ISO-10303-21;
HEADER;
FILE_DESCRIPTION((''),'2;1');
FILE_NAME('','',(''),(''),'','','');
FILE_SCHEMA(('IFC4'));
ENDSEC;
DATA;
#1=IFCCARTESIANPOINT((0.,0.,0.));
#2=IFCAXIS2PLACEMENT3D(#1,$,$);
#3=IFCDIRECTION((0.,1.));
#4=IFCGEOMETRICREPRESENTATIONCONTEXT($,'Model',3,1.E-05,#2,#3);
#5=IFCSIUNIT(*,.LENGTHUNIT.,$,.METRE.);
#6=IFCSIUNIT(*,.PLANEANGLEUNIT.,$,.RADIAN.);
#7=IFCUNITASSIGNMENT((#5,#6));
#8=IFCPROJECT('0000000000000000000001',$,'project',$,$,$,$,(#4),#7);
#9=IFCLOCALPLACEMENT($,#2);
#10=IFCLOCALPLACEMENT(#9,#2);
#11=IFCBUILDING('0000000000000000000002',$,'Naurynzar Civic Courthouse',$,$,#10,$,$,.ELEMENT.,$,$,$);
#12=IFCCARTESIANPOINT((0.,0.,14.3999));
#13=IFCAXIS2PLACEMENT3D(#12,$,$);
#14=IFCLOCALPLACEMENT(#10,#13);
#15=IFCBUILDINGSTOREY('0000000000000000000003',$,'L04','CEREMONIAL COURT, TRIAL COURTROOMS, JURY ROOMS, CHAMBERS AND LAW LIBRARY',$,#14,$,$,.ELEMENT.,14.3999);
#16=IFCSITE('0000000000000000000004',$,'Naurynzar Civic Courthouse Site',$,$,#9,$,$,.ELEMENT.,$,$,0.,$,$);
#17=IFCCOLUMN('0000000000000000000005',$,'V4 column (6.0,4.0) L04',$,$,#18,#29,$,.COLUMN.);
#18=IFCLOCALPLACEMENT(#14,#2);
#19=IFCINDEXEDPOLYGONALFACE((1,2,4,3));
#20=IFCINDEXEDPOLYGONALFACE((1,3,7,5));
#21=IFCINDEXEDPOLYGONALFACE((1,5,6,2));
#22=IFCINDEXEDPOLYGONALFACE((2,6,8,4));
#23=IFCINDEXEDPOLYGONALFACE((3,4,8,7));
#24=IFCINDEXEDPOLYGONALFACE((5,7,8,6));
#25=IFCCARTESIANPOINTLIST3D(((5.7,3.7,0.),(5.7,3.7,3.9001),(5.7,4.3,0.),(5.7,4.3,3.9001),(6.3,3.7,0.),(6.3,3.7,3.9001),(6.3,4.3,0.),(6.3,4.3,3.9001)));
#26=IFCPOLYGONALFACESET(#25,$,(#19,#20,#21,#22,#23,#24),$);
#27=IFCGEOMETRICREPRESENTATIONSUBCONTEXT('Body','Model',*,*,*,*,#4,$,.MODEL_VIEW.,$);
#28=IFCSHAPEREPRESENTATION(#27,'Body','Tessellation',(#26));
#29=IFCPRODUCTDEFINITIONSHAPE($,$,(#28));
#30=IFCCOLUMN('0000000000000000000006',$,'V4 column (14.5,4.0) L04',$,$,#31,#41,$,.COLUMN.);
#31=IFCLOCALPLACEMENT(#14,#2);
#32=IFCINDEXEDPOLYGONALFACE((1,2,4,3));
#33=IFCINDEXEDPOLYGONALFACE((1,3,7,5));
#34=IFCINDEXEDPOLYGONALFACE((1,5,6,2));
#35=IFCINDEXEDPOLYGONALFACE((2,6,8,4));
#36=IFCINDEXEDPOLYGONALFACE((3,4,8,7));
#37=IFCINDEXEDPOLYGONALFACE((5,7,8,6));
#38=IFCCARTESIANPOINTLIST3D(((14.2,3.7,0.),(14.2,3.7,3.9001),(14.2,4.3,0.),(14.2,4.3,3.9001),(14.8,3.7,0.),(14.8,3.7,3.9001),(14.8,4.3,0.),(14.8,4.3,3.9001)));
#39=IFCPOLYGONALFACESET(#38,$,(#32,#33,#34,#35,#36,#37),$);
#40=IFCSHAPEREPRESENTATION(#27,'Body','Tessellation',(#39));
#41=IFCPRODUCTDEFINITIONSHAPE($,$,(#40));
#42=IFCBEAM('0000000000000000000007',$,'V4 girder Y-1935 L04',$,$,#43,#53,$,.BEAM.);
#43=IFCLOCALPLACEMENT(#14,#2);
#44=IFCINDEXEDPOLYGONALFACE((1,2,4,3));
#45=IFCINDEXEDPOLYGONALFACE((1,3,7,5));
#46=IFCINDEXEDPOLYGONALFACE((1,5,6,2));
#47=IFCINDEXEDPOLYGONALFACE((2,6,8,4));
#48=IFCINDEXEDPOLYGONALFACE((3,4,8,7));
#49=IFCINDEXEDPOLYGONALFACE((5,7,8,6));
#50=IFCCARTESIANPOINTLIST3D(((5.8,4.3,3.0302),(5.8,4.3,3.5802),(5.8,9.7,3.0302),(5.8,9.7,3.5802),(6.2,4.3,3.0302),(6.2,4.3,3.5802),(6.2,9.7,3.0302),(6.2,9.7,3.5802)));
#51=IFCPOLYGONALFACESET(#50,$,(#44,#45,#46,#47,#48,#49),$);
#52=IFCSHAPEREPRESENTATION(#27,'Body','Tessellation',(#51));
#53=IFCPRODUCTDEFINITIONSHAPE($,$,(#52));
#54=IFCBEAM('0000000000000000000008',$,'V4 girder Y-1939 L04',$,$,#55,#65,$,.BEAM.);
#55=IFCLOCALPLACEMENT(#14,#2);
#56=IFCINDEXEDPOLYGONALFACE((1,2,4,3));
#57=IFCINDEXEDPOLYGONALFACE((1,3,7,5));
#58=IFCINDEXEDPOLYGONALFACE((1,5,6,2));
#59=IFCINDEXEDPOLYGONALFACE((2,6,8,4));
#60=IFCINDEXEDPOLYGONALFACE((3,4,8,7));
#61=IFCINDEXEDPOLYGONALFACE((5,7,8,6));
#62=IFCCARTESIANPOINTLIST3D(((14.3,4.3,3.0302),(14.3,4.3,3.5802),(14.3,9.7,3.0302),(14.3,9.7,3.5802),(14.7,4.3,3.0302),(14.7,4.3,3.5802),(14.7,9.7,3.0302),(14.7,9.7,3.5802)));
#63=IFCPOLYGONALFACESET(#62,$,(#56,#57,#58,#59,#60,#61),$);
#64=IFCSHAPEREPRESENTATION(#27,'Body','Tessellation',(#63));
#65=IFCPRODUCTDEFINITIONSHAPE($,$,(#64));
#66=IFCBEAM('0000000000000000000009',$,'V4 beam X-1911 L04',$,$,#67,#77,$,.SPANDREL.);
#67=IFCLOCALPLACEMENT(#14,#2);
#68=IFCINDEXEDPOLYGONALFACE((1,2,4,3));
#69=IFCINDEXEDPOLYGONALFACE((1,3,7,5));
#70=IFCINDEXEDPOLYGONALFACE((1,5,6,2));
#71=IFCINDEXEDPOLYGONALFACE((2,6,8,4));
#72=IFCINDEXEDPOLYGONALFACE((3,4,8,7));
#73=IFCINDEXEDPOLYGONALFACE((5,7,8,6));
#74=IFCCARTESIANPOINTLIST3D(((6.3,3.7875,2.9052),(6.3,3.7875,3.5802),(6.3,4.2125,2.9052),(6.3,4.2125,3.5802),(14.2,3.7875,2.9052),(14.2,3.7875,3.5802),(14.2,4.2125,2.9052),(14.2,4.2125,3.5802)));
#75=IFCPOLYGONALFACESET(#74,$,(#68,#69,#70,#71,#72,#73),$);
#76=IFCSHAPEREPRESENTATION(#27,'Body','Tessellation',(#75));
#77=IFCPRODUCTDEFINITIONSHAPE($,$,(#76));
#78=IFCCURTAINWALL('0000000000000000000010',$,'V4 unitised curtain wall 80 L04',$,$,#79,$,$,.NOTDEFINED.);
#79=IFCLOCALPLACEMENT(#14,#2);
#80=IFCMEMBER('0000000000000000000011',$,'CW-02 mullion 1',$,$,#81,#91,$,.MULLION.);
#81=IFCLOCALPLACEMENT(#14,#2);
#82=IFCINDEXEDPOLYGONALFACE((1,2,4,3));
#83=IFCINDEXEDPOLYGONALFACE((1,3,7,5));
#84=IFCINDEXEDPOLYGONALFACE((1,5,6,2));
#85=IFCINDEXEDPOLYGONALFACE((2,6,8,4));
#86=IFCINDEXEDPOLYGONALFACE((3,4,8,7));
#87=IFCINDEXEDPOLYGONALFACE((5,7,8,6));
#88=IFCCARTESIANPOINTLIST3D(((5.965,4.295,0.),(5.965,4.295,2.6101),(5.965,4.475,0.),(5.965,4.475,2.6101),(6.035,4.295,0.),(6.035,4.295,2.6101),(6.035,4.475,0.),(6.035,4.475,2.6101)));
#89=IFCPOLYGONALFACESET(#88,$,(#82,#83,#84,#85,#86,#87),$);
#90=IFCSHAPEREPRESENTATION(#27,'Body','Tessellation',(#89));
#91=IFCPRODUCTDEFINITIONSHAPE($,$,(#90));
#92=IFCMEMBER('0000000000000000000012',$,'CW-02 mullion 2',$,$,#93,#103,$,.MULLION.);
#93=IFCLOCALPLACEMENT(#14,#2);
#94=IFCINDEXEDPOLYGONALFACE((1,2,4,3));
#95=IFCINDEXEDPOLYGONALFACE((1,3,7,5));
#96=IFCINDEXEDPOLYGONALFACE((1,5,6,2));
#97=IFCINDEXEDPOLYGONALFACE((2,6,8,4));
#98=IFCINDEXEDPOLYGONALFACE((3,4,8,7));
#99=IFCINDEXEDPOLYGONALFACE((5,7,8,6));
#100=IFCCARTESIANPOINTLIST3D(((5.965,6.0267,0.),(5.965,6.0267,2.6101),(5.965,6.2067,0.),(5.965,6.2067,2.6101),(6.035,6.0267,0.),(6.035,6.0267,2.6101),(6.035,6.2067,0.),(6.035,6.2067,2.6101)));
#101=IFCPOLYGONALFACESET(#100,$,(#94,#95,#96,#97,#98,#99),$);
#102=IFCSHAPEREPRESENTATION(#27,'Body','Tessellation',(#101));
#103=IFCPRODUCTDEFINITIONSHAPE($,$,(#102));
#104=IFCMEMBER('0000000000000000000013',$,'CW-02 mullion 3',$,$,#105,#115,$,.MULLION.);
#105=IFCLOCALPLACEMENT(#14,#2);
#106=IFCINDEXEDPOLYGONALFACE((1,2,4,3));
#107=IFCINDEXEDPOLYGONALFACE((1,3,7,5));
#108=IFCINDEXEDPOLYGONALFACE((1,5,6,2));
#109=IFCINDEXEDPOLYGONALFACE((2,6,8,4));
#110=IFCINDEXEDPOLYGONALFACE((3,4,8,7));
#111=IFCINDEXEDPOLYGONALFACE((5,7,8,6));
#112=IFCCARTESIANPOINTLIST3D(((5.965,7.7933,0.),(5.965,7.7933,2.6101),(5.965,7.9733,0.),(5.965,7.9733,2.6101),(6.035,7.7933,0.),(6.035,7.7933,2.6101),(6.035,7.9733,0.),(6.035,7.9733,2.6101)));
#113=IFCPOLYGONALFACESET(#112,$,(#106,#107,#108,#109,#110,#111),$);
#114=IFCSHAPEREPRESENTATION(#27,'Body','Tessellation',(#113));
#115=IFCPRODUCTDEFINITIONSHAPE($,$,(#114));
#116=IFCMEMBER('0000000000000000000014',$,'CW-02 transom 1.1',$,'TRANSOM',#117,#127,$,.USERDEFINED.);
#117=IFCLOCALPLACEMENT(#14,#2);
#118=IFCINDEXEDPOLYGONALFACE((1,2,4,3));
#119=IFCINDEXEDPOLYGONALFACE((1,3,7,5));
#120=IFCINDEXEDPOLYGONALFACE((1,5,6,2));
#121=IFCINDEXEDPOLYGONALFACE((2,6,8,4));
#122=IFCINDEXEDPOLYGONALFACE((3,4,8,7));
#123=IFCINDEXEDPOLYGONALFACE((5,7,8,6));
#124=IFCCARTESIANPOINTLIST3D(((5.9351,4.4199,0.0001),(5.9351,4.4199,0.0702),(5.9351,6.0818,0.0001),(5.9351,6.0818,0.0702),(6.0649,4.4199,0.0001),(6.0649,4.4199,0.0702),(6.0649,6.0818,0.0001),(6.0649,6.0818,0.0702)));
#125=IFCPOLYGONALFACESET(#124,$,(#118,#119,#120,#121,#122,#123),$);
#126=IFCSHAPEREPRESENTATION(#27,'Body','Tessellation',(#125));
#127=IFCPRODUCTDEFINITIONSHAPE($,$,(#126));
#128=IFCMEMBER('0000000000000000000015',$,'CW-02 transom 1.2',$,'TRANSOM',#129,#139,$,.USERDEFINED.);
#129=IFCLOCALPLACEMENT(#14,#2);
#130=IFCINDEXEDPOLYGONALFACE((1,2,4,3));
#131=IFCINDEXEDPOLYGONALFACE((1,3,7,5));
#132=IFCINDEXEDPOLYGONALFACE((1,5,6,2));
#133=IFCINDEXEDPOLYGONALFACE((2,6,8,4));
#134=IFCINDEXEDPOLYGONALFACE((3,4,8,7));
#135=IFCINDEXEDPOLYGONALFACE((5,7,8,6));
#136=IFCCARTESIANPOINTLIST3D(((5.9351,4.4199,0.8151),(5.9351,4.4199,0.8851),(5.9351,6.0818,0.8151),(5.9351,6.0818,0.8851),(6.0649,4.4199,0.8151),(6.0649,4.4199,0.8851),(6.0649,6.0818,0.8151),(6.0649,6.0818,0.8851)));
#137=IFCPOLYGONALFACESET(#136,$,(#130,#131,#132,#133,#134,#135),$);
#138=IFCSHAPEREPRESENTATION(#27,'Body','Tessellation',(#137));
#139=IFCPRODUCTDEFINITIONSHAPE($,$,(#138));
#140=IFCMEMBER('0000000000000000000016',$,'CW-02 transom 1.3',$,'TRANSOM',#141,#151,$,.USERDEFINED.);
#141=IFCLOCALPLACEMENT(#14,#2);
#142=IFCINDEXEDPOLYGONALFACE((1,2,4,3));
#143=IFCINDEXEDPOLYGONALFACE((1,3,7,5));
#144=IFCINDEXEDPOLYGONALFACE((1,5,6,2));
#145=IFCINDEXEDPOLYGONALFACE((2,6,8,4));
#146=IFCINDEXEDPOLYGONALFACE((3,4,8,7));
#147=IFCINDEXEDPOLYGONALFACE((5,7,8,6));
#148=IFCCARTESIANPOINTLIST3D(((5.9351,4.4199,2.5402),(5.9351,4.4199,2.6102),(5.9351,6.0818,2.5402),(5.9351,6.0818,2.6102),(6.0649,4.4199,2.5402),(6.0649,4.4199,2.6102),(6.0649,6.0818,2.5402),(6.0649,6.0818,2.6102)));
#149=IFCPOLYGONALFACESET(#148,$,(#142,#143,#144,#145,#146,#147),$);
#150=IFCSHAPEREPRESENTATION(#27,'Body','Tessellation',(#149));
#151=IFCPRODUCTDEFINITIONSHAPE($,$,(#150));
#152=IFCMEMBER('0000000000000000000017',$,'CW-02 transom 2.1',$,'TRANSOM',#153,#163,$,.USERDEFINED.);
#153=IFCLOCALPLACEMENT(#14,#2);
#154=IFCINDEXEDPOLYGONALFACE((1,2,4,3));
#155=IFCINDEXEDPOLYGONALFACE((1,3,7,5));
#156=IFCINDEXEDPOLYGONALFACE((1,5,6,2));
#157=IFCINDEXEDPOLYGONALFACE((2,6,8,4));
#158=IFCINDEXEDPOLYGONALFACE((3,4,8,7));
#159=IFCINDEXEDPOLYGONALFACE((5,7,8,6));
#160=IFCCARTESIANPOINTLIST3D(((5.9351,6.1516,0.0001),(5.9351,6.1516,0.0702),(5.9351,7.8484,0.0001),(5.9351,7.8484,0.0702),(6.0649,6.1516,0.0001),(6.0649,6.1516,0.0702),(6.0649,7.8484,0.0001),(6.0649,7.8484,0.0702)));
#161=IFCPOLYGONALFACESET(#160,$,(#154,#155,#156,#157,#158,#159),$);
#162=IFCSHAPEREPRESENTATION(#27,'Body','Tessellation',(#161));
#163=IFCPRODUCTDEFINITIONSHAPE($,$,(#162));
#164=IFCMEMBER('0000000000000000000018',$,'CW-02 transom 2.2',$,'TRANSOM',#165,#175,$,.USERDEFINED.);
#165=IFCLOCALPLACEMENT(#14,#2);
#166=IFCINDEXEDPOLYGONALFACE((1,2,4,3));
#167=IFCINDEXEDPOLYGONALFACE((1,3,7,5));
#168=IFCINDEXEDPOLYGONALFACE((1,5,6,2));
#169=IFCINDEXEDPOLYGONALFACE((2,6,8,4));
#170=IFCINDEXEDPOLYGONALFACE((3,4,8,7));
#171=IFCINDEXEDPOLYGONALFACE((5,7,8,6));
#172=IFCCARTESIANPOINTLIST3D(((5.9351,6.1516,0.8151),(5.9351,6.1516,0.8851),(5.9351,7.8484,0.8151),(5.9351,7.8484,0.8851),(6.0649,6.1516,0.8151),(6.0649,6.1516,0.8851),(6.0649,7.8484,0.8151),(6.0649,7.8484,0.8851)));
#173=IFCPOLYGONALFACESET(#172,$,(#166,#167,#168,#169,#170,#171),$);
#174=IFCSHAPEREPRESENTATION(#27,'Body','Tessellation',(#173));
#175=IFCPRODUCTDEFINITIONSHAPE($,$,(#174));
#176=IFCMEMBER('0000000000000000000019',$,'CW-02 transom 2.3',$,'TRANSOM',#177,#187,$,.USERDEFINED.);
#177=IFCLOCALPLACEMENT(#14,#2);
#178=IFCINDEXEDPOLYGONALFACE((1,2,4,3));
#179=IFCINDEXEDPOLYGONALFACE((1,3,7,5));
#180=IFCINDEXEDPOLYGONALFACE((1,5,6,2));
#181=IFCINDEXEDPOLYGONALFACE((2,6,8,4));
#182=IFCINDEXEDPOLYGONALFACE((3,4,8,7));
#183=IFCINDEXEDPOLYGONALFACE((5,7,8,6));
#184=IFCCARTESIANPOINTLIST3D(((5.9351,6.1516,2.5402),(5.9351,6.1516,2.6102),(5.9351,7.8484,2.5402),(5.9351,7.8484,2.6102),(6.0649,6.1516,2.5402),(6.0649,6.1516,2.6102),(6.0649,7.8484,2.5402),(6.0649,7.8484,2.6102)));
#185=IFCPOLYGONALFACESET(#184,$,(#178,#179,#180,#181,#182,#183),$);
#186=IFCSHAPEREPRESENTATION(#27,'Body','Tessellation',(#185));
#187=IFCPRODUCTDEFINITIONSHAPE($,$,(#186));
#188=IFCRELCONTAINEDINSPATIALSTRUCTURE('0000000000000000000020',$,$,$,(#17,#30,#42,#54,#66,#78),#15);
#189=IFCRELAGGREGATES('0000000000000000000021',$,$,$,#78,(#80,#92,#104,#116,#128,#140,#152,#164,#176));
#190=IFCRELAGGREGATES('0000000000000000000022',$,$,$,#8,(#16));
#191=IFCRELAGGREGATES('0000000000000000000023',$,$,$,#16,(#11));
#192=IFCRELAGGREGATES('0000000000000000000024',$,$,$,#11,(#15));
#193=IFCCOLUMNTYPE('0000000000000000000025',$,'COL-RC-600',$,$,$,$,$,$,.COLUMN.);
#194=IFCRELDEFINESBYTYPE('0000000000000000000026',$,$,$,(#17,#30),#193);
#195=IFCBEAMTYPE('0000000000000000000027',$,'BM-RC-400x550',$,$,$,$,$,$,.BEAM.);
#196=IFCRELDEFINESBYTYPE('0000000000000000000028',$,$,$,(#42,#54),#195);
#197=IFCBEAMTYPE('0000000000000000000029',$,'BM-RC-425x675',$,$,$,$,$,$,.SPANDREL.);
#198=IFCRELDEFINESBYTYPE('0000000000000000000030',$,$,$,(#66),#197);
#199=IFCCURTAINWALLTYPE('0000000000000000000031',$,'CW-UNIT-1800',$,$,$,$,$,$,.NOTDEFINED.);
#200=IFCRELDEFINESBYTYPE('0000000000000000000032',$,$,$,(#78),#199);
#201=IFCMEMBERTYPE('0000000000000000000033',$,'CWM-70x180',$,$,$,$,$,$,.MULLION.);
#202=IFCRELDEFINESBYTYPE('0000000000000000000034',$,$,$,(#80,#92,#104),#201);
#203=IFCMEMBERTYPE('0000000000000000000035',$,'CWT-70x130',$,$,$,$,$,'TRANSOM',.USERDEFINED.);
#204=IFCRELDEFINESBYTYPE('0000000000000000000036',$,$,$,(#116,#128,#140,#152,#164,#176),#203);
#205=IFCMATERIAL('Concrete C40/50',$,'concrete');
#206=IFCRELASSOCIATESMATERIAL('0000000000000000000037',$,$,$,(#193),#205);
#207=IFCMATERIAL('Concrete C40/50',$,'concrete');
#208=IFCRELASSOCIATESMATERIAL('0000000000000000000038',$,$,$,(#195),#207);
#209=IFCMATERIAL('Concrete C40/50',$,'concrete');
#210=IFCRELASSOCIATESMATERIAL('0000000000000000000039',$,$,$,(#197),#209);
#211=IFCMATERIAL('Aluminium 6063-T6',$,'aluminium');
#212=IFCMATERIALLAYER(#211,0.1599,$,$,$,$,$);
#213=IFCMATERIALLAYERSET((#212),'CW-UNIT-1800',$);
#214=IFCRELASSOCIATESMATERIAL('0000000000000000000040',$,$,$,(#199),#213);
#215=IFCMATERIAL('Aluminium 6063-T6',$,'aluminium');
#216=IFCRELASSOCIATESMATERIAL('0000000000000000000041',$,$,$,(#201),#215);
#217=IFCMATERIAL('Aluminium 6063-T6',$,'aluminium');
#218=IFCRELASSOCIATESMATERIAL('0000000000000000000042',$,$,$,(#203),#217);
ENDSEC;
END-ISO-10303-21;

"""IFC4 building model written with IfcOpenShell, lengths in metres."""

from ifc_helpers import new_model, si_unit, direction, frame, origin, origin_2d, place, context, subcontext, project, spatial, rectangle, extrude, material, layer, layer_set, material_profile, profile_set, type_object, element, aggregate, save


model = new_model("IFC4")

# Units and contexts
model_context = context("Model", 3, precision=1e-05, world=origin(), true_north=direction((0.0, 1.0)))
body_context = subcontext(model_context, "Body", "Model", "MODEL_VIEW")
ifc_project = project(units=[si_unit("LENGTHUNIT", "METRE"), si_unit("PLANEANGLEUNIT", "RADIAN")], contexts=[model_context])

# Site, building, storey
site_placement = place(None, origin())
site = spatial("IfcSite", under=ifc_project, at=site_placement, Name="Naurynzar Civic Courthouse Site", CompositionType="ELEMENT", RefElevation=0.0)
building_placement = place(site_placement, origin())
building = spatial("IfcBuilding", under=site, at=building_placement, Name="Naurynzar Civic Courthouse", CompositionType="ELEMENT")
storey_placement = place(building_placement, frame((0.0, 0.0, 14.3999)))
storey = spatial("IfcBuildingStorey", under=building, at=storey_placement, Name="L04", Description="CEREMONIAL COURT, TRIAL COURTROOMS, JURY ROOMS, CHAMBERS AND LAW LIBRARY", CompositionType="ELEMENT", Elevation=14.3999)

# Columns
ifc_material_1 = material(Name="Concrete C40/50", Category="concrete")
ifc_material_profile_1 = material_profile(ifc_material_1, rectangle(XDim=0.6001, YDim=0.6001, at=origin_2d()), Name="RC 600x600")
ifc_profile_set_1 = profile_set([ifc_material_profile_1], Name="Concrete C40/50")
column_type = type_object("IfcColumnType", Name="COL-RC-600", PredefinedType="COLUMN", material=ifc_profile_set_1)
for number, where, z_axis, x_axis, name in (
    (1, (6.0, 4.0, 0.0), (0.0, 0.0, 1.0), (1.0, 0.0, 0.0), "V4 column (6.0,4.0) L04"),
    (2, (14.5, 4.0, 0.0), (0.0, 0.0, 1.0), (1.0, 0.0, 0.0), "V4 column (14.5,4.0) L04"),
):
    element("IfcColumn", number, at=place(storey_placement, frame(where, z_axis=z_axis, x_axis=x_axis)), inside=storey, type_object=column_type, Name=name, PredefinedType="COLUMN", context=body_context, shape_type="SweptSolid", body=[
        extrude(rectangle(XDim=0.6001, YDim=0.6001, at=origin_2d()), origin(), (0.0, 0.0, 1.0), 3.9001),
    ])

# Beams
ifc_material_2 = material(Name="Concrete C40/50", Category="concrete")
ifc_material_profile_2 = material_profile(ifc_material_2, rectangle(XDim=0.3999, YDim=0.55, at=origin_2d()), Name="RCB 400x550")
ifc_profile_set_2 = profile_set([ifc_material_profile_2], Name="Concrete C40/50")
beam_type_1 = type_object("IfcBeamType", Name="BM-RC-400x550", PredefinedType="BEAM", material=ifc_profile_set_2)
for number, where, z_axis, x_axis, name in (
    (3, (6.0, 4.3, 3.3052), (0.0, 1.0, 0.0), (-1.0, 0.0, 0.0), "V4 girder Y-1935 L04"),
    (4, (14.5, 4.3, 3.3052), (0.0, 1.0, 0.0), (-1.0, 0.0, 0.0), "V4 girder Y-1939 L04"),
):
    element("IfcBeam", number, at=place(storey_placement, frame(where, z_axis=z_axis, x_axis=x_axis)), inside=storey, type_object=beam_type_1, Name=name, PredefinedType="BEAM", context=body_context, shape_type="SweptSolid", body=[
        extrude(rectangle(XDim=0.3999, YDim=0.55, at=origin_2d()), origin(), (0.0, 0.0, 1.0), 5.3999),
    ])
ifc_material_3 = material(Name="Concrete C40/50", Category="concrete")
ifc_material_profile_3 = material_profile(ifc_material_3, rectangle(XDim=0.425, YDim=0.675, at=origin_2d()), Name="RCB 425x675")
ifc_profile_set_3 = profile_set([ifc_material_profile_3], Name="Concrete C40/50")
beam_type_2 = type_object("IfcBeamType", Name="BM-RC-425x675", PredefinedType="SPANDREL", material=ifc_profile_set_3)
beam_placement = place(storey_placement, frame((6.3, 4.0, 3.2427), z_axis=(1.0, 0.0, 0.0), x_axis=(0.0, 1.0, 0.0)))
element("IfcBeam", 5, at=beam_placement, inside=storey, type_object=beam_type_2, Name="V4 beam X-1911 L04", PredefinedType="SPANDREL", context=body_context, shape_type="SweptSolid", body=[
    extrude(rectangle(XDim=0.425, YDim=0.675, at=origin_2d()), origin(), (0.0, 0.0, 1.0), 7.8999),
])

# Curtain wall, members
ifc_material_4 = material(Name="Aluminium 6063-T6", Category="aluminium")
ifc_layer_1 = layer(ifc_material_4, 0.1599)
ifc_layer_set_1 = layer_set([ifc_layer_1], Name="CW-UNIT-1800")
curtain_wall_type = type_object("IfcCurtainWallType", Name="CW-UNIT-1800", PredefinedType="NOTDEFINED", material=ifc_layer_set_1)
curtain_wall_placement = place(storey_placement, origin())
curtain_wall = element("IfcCurtainWall", 6, at=curtain_wall_placement, inside=storey, type_object=curtain_wall_type, Name="V4 unitised curtain wall 80 L04", PredefinedType="NOTDEFINED")
ifc_material_5 = material(Name="Aluminium 6063-T6", Category="aluminium")
ifc_material_profile_4 = material_profile(ifc_material_5, rectangle(XDim=0.0701, YDim=0.1799, at=origin_2d()), Name="ALU MULLION 70x180")
ifc_profile_set_4 = profile_set([ifc_material_profile_4], Name="Aluminium 6063-T6")
member_type_1 = type_object("IfcMemberType", Name="CWM-70x180", PredefinedType="MULLION", material=ifc_profile_set_4)
member_1_placement = place(storey_placement, frame((6.0, 4.385, 0.0), z_axis=(0.0, 0.0, 1.0), x_axis=(-1.0, 0.0, 0.0)))
member_1 = element("IfcMember", 7, at=member_1_placement, type_object=member_type_1, Name="CW-02 mullion 1", PredefinedType="MULLION", context=body_context, shape_type="SweptSolid", body=[
    extrude(rectangle(XDim=0.0701, YDim=0.1799, at=origin_2d()), origin(), (0.0, 0.0, 1.0), 2.6101),
])
member_2_placement = place(storey_placement, frame((6.0, 6.1167, 0.0), z_axis=(0.0, 0.0, 1.0), x_axis=(-1.0, 0.0, 0.0)))
member_2 = element("IfcMember", 8, at=member_2_placement, type_object=member_type_1, Name="CW-02 mullion 2", PredefinedType="MULLION", context=body_context, shape_type="SweptSolid", body=[
    extrude(rectangle(XDim=0.0701, YDim=0.1799, at=origin_2d()), origin(), (0.0, 0.0, 1.0), 2.6101),
])
member_3_placement = place(storey_placement, frame((6.0, 7.8833, 0.0), z_axis=(0.0, 0.0, 1.0), x_axis=(-1.0, 0.0, 0.0)))
member_3 = element("IfcMember", 9, at=member_3_placement, type_object=member_type_1, Name="CW-02 mullion 3", PredefinedType="MULLION", context=body_context, shape_type="SweptSolid", body=[
    extrude(rectangle(XDim=0.0701, YDim=0.1799, at=origin_2d()), origin(), (0.0, 0.0, 1.0), 2.6101),
])
ifc_material_6 = material(Name="Aluminium 6063-T6", Category="aluminium")
ifc_material_profile_5 = material_profile(ifc_material_6, rectangle(XDim=0.1299, YDim=0.0701, at=origin_2d()), Name="ALU TRANSOM 70x130")
ifc_profile_set_5 = profile_set([ifc_material_profile_5], Name="Aluminium 6063-T6")
member_type_2 = type_object("IfcMemberType", Name="CWT-70x130", ElementType="TRANSOM", PredefinedType="USERDEFINED", material=ifc_profile_set_5)
member_4_placement = place(storey_placement, frame((6.0, 4.4199, 0.0352), z_axis=(0.0, 1.0, 0.0), x_axis=(-1.0, 0.0, 0.0)))
member_4 = element("IfcMember", 10, at=member_4_placement, type_object=member_type_2, Name="CW-02 transom 1.1", ObjectType="TRANSOM", PredefinedType="USERDEFINED", context=body_context, shape_type="SweptSolid", body=[
    extrude(rectangle(XDim=0.1299, YDim=0.0701, at=origin_2d()), origin(), (0.0, 0.0, 1.0), 1.6619),
])
member_5_placement = place(storey_placement, frame((6.0, 4.4199, 0.8501), z_axis=(0.0, 1.0, 0.0), x_axis=(-1.0, 0.0, 0.0)))
member_5 = element("IfcMember", 11, at=member_5_placement, type_object=member_type_2, Name="CW-02 transom 1.2", ObjectType="TRANSOM", PredefinedType="USERDEFINED", context=body_context, shape_type="SweptSolid", body=[
    extrude(rectangle(XDim=0.1299, YDim=0.0701, at=origin_2d()), origin(), (0.0, 0.0, 1.0), 1.6619),
])
member_6_placement = place(storey_placement, frame((6.0, 4.4199, 2.5752), z_axis=(0.0, 1.0, 0.0), x_axis=(-1.0, 0.0, 0.0)))
member_6 = element("IfcMember", 12, at=member_6_placement, type_object=member_type_2, Name="CW-02 transom 1.3", ObjectType="TRANSOM", PredefinedType="USERDEFINED", context=body_context, shape_type="SweptSolid", body=[
    extrude(rectangle(XDim=0.1299, YDim=0.0701, at=origin_2d()), origin(), (0.0, 0.0, 1.0), 1.6619),
])
member_7_placement = place(storey_placement, frame((6.0, 6.1516, 0.0352), z_axis=(0.0, 1.0, 0.0), x_axis=(-1.0, 0.0, 0.0)))
member_7 = element("IfcMember", 13, at=member_7_placement, type_object=member_type_2, Name="CW-02 transom 2.1", ObjectType="TRANSOM", PredefinedType="USERDEFINED", context=body_context, shape_type="SweptSolid", body=[
    extrude(rectangle(XDim=0.1299, YDim=0.0701, at=origin_2d()), origin(), (0.0, 0.0, 1.0), 1.6968),
])
member_8_placement = place(storey_placement, frame((6.0, 6.1516, 0.8501), z_axis=(0.0, 1.0, 0.0), x_axis=(-1.0, 0.0, 0.0)))
member_8 = element("IfcMember", 14, at=member_8_placement, type_object=member_type_2, Name="CW-02 transom 2.2", ObjectType="TRANSOM", PredefinedType="USERDEFINED", context=body_context, shape_type="SweptSolid", body=[
    extrude(rectangle(XDim=0.1299, YDim=0.0701, at=origin_2d()), origin(), (0.0, 0.0, 1.0), 1.6968),
])
member_9_placement = place(storey_placement, frame((6.0, 6.1516, 2.5752), z_axis=(0.0, 1.0, 0.0), x_axis=(-1.0, 0.0, 0.0)))
member_9 = element("IfcMember", 15, at=member_9_placement, type_object=member_type_2, Name="CW-02 transom 2.3", ObjectType="TRANSOM", PredefinedType="USERDEFINED", context=body_context, shape_type="SweptSolid", body=[
    extrude(rectangle(XDim=0.1299, YDim=0.0701, at=origin_2d()), origin(), (0.0, 0.0, 1.0), 1.6968),
])
aggregate(curtain_wall, [member_1, member_2, member_3, member_4, member_5, member_6, member_7, member_8, member_9])

save(model, "model.ifc")
